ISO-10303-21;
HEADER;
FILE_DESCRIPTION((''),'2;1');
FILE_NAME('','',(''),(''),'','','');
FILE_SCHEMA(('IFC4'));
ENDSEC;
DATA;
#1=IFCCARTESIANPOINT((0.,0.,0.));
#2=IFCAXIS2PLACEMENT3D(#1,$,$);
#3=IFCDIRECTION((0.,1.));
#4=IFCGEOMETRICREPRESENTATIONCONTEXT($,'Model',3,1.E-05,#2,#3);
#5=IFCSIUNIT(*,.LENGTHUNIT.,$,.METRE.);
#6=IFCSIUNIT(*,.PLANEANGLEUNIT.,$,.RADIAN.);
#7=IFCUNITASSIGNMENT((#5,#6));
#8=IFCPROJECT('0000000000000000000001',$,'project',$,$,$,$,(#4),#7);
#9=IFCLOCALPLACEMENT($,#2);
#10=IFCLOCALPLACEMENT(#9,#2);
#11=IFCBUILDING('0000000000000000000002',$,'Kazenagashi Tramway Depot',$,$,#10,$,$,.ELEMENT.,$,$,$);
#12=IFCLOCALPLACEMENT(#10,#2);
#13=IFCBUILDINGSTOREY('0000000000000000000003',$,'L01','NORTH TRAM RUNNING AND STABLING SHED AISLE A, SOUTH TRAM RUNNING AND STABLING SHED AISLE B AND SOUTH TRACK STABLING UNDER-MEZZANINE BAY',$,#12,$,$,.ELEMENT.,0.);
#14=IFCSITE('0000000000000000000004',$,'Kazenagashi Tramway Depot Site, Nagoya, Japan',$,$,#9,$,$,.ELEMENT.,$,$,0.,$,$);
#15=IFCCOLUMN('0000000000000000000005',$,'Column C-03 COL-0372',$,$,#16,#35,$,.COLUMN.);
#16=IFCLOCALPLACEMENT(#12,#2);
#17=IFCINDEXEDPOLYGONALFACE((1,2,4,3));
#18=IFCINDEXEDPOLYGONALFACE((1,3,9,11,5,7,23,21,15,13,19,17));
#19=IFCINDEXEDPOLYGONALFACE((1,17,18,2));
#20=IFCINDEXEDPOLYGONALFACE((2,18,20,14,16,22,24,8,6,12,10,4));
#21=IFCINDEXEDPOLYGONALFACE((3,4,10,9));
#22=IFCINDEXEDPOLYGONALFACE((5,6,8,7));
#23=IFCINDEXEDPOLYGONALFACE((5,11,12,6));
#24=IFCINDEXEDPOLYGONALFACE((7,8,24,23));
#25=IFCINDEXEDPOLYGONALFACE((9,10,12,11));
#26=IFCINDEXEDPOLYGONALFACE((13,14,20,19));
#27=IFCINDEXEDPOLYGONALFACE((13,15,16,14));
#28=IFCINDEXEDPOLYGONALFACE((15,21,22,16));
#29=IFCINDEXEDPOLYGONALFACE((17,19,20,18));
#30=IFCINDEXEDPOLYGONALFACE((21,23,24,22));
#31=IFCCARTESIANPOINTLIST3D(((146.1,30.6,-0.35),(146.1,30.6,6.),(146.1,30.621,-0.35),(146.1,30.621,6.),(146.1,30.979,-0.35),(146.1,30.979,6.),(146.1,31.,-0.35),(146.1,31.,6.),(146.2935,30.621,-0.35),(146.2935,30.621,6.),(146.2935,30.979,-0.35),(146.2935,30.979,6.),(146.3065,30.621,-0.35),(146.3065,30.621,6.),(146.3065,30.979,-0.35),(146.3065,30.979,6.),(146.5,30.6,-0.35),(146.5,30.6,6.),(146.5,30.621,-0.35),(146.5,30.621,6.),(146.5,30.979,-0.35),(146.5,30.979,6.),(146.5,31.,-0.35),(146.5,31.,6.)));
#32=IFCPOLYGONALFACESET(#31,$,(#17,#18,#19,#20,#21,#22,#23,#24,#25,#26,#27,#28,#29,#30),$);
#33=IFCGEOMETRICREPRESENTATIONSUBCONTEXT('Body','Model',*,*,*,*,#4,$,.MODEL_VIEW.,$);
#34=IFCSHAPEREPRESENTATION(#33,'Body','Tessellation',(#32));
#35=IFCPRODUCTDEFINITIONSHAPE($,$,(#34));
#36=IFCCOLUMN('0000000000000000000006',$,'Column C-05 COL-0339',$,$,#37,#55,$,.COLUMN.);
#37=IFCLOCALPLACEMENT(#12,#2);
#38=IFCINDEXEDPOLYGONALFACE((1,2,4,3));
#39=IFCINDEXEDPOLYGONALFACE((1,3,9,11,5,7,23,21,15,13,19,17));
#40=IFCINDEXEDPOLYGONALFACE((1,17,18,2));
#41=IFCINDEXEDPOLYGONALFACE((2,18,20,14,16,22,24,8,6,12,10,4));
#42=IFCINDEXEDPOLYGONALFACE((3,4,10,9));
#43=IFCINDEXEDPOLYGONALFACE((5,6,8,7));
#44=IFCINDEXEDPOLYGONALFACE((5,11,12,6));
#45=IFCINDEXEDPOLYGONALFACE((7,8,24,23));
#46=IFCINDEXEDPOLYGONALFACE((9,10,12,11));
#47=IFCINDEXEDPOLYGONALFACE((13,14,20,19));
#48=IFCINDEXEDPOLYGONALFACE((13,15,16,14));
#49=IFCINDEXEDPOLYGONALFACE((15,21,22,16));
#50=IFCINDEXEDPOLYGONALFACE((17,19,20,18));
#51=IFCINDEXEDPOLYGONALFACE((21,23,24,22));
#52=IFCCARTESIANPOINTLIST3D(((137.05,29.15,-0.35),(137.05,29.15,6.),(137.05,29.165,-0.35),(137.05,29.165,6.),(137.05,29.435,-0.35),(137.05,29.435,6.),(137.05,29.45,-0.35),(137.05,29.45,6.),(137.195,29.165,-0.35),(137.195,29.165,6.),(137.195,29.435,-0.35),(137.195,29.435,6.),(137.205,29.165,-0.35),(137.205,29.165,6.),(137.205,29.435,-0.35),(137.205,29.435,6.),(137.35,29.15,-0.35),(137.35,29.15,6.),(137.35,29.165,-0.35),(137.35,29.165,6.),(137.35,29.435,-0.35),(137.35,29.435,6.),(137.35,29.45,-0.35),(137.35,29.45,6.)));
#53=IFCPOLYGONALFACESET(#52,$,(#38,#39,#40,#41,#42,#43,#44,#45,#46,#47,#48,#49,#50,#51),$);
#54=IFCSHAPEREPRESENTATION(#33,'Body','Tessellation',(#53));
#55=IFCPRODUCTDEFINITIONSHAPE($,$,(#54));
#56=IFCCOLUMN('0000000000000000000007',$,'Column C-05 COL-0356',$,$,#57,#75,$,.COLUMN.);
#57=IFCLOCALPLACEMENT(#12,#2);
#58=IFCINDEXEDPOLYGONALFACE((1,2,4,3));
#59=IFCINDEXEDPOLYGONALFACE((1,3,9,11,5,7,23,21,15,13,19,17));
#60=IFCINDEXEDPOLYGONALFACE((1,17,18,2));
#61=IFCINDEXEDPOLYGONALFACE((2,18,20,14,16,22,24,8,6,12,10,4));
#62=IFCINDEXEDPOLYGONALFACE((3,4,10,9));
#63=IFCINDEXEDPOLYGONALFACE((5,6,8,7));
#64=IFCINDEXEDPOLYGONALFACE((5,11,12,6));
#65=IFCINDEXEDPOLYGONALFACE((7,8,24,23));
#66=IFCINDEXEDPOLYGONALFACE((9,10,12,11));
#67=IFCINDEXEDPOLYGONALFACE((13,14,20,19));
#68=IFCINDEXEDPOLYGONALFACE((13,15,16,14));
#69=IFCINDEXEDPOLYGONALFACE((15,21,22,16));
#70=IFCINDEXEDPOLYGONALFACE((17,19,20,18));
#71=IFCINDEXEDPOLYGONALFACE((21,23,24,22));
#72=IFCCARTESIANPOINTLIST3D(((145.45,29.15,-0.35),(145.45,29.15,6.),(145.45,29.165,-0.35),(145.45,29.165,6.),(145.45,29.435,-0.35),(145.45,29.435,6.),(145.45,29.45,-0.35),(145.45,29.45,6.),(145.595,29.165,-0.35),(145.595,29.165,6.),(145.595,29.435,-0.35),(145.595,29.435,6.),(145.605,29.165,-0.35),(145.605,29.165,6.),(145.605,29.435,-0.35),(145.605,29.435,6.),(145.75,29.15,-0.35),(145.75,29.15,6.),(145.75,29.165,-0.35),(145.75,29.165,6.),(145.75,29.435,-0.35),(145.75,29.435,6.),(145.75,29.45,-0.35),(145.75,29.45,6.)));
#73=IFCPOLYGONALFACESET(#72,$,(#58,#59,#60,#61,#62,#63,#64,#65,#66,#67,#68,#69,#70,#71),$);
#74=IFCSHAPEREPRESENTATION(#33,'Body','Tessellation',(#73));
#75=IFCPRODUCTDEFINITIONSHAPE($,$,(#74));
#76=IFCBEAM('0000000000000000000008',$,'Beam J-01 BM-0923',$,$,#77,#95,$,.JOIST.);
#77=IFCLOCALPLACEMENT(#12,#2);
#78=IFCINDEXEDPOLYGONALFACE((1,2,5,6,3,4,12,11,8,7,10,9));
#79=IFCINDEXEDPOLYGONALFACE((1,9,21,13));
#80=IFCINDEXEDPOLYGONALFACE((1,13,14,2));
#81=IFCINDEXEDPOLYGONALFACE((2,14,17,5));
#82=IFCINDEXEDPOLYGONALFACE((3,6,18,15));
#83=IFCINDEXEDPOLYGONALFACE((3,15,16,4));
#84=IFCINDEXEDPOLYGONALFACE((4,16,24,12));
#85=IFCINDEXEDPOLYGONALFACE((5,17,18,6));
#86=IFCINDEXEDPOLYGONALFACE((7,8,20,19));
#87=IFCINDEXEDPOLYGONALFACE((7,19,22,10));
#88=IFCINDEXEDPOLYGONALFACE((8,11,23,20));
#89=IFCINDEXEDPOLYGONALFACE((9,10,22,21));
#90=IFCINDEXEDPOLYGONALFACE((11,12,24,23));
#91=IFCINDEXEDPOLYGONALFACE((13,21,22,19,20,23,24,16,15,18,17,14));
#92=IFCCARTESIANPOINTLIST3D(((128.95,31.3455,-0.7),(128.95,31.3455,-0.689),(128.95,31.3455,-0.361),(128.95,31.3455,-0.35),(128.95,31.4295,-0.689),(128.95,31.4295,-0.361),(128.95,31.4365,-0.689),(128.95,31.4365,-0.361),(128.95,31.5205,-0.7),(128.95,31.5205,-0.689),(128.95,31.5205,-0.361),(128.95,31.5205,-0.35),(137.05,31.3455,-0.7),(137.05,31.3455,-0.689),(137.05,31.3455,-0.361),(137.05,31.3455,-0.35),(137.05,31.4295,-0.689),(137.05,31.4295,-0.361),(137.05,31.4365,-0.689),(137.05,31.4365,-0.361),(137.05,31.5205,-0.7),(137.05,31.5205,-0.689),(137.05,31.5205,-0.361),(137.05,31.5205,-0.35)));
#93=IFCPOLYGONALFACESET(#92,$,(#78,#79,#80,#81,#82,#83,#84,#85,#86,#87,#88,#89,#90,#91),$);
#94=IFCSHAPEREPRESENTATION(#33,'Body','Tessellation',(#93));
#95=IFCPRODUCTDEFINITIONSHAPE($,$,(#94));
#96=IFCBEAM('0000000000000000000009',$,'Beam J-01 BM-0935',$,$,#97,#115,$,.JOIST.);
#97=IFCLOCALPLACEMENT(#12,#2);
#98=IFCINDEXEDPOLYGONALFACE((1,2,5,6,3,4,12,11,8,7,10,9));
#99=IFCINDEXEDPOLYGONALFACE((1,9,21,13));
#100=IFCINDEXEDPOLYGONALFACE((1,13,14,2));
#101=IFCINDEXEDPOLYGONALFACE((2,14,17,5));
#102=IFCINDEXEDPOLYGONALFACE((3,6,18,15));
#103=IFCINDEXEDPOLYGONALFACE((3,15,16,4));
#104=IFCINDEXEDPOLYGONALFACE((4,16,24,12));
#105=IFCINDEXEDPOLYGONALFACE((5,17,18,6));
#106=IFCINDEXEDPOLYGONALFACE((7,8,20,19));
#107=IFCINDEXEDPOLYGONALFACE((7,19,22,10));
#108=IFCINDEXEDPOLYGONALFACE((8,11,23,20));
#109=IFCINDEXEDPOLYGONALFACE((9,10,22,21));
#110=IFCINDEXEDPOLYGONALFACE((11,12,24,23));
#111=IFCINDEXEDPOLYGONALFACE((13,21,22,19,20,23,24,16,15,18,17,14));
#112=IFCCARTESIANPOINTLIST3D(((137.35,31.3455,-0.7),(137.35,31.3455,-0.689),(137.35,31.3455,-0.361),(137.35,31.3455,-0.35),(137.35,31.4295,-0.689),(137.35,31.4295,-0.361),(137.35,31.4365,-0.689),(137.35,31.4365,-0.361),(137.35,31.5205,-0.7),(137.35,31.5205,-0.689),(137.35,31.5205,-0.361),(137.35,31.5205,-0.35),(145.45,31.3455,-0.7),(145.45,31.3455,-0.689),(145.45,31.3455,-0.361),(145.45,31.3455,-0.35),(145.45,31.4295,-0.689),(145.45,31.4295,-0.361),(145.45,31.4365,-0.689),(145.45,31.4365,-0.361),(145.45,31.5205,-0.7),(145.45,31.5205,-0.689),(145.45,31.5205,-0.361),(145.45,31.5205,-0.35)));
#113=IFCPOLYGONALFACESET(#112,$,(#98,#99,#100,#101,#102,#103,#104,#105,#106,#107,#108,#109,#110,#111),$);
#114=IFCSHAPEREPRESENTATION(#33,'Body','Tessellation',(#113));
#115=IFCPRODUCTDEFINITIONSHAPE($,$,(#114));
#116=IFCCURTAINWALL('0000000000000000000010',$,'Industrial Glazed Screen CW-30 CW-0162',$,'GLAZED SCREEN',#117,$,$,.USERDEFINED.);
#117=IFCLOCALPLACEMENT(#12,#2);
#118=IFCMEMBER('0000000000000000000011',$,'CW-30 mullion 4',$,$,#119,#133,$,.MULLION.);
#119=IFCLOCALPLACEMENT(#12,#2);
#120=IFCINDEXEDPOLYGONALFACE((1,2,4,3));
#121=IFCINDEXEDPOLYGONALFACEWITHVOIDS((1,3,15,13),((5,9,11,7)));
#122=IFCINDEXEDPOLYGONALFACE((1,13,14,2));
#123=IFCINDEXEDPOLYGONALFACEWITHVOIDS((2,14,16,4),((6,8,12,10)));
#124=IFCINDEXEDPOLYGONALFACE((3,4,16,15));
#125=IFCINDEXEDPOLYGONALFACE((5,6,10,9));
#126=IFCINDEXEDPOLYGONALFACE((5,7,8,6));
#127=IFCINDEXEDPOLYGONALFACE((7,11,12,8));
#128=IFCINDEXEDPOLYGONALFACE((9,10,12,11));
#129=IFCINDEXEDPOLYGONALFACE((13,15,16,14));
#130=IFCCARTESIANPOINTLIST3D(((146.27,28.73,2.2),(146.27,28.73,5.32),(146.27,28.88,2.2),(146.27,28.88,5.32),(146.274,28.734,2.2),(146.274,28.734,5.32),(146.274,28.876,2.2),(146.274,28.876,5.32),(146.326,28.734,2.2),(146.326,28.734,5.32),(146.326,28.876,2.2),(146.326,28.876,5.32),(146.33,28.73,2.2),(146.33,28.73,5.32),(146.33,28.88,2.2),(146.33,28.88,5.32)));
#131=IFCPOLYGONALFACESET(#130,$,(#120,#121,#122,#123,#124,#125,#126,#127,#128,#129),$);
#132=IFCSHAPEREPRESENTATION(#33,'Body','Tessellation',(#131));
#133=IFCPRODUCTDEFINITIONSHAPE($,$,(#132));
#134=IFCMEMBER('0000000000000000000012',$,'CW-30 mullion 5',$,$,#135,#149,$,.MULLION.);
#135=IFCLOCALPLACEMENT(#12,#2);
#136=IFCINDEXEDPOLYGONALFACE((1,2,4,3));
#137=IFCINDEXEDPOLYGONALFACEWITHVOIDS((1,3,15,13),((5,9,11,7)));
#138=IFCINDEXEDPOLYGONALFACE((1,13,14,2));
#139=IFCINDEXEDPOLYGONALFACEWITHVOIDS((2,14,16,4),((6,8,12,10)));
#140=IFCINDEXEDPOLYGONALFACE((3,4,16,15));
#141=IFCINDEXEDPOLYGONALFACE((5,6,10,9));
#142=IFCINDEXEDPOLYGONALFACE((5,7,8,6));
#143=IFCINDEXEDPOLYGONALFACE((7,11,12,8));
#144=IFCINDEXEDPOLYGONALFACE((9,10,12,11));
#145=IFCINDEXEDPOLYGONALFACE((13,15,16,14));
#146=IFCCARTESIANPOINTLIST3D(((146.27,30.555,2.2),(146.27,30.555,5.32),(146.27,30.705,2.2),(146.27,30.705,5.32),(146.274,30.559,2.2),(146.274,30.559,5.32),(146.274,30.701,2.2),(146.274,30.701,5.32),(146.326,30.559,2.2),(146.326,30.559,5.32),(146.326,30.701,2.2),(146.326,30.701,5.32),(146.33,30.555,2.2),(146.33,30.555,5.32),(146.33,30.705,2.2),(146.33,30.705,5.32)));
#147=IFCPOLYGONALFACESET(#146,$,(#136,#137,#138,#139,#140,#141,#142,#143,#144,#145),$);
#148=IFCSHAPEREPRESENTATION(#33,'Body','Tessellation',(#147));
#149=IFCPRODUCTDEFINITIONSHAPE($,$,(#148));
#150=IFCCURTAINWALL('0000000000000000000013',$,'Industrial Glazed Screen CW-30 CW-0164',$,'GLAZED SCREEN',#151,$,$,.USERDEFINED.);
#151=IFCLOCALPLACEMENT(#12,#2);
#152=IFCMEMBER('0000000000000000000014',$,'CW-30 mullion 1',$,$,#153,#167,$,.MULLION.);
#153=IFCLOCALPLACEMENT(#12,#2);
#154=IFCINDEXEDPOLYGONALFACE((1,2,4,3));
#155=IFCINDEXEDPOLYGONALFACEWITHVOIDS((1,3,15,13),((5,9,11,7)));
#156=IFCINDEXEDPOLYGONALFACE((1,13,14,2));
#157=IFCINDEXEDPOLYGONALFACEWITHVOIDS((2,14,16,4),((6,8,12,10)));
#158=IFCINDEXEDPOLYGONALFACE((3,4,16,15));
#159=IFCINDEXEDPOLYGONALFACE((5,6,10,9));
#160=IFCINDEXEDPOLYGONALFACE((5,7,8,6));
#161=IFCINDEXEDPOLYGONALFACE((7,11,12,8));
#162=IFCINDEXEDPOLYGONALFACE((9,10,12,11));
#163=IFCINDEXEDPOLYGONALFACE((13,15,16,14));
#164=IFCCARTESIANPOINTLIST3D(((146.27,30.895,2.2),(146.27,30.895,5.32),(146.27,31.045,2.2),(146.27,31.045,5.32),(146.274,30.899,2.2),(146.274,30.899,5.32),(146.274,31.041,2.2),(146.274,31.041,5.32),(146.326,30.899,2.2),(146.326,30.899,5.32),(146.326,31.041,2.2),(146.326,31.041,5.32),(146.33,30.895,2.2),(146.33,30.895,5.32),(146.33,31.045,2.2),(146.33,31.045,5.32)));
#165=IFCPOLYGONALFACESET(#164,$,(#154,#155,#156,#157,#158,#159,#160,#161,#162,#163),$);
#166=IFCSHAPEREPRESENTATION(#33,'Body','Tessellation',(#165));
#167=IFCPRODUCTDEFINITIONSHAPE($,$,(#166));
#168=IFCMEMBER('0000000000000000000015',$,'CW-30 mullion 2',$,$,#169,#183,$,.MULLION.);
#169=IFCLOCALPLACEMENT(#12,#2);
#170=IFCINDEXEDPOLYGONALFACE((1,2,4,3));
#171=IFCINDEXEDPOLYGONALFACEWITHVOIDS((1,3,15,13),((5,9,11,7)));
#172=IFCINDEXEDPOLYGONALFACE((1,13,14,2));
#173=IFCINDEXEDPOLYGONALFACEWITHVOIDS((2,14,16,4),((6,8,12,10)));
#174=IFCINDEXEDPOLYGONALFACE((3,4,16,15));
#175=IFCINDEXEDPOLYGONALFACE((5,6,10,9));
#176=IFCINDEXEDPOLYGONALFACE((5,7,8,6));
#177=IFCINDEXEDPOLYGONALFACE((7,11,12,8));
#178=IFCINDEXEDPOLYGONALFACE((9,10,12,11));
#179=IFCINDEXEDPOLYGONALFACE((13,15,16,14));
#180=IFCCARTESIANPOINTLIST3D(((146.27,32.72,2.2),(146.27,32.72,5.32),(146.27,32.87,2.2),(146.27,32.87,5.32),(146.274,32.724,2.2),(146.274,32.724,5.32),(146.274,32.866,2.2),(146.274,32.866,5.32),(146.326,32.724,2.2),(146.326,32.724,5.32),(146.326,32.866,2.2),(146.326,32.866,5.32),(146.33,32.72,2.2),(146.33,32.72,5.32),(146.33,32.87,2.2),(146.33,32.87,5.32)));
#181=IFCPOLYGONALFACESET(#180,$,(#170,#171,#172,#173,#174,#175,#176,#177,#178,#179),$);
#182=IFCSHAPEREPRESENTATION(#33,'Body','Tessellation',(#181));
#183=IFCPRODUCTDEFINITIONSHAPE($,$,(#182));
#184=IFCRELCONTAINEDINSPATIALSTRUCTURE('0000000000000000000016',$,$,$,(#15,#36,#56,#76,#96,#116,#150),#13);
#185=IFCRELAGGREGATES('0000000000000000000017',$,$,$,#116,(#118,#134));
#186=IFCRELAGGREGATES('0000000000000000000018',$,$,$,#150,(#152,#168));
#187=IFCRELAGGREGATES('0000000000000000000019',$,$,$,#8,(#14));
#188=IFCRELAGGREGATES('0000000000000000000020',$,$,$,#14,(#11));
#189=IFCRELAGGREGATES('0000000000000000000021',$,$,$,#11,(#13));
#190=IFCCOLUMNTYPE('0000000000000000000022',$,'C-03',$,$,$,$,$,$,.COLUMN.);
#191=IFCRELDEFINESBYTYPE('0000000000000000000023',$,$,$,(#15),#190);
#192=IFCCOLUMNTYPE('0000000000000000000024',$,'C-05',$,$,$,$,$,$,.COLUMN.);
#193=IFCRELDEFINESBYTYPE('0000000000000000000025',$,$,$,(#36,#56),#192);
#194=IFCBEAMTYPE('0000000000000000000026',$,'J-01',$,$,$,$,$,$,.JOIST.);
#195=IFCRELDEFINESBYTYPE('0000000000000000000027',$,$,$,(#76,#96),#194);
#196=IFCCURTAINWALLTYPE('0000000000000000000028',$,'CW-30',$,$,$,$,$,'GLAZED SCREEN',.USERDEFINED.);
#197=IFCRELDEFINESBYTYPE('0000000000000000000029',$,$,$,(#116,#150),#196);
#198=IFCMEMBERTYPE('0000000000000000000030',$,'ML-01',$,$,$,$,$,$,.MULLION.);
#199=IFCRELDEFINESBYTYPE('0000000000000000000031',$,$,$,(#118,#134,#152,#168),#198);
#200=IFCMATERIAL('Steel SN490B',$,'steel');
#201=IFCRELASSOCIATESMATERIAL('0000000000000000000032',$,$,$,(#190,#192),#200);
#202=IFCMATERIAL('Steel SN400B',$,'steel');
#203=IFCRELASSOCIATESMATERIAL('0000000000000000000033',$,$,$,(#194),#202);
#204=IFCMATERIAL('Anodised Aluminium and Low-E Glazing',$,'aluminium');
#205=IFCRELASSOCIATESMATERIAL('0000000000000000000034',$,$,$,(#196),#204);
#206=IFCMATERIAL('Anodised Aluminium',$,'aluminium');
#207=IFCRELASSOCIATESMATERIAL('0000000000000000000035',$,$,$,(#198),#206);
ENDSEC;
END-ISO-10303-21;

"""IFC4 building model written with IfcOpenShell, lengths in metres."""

from ifc_helpers import new_model, si_unit, direction, frame, origin, origin_2d, place, context, subcontext, project, spatial, hollow_rectangle, i_section, extrude, material, material_profile, profile_set, type_object, element, aggregate, save


model = new_model("IFC4")

# Units and contexts
model_context = context("Model", 3, precision=1e-05, world=origin(), true_north=direction((0.0, 1.0)))
body_context = subcontext(model_context, "Body", "Model", "MODEL_VIEW")
ifc_project = project(units=[si_unit("LENGTHUNIT", "METRE"), si_unit("PLANEANGLEUNIT", "RADIAN")], contexts=[model_context])

# Site, building, storey
site_placement = place(None, origin())
site = spatial("IfcSite", under=ifc_project, at=site_placement, Name="Kazenagashi Tramway Depot Site, Nagoya, Japan", CompositionType="ELEMENT", RefElevation=0.0)
building_placement = place(site_placement, origin())
building = spatial("IfcBuilding", under=site, at=building_placement, Name="Kazenagashi Tramway Depot", CompositionType="ELEMENT")
storey_placement = place(building_placement, origin())
storey = spatial("IfcBuildingStorey", under=building, at=storey_placement, Name="L01", Description="NORTH TRAM RUNNING AND STABLING SHED AISLE A, SOUTH TRAM RUNNING AND STABLING SHED AISLE B AND SOUTH TRACK STABLING UNDER-MEZZANINE BAY", CompositionType="ELEMENT", Elevation=0.0)

# Columns
ifc_material_1 = material(Name="Steel SN490B", Category="steel")
ifc_material_profile_1 = material_profile(ifc_material_1, i_section(OverallWidth=0.4, OverallDepth=0.4, WebThickness=0.013, FlangeThickness=0.021, at=origin_2d()), Name="H-400x400x13x21")
ifc_profile_set_1 = profile_set([ifc_material_profile_1], Name="Steel SN490B")
column_type_1 = type_object("IfcColumnType", Name="C-03", PredefinedType="COLUMN", material=ifc_profile_set_1)
column_placement = place(storey_placement, frame((146.3, 30.8, -0.35), z_axis=(0.0, 0.0, 1.0), x_axis=(1.0, 0.0, 0.0)))
element("IfcColumn", 1, at=column_placement, inside=storey, type_object=column_type_1, Name="Column C-03 COL-0372", PredefinedType="COLUMN", context=body_context, shape_type="SweptSolid", body=[
    extrude(i_section(OverallWidth=0.4, OverallDepth=0.4, WebThickness=0.013, FlangeThickness=0.021, at=origin_2d()), origin(), (0.0, 0.0, 1.0), 6.35),
])
ifc_material_profile_2 = material_profile(ifc_material_1, i_section(OverallWidth=0.3, OverallDepth=0.3, WebThickness=0.01, FlangeThickness=0.015, at=origin_2d()), Name="H-300x300x10x15")
ifc_profile_set_2 = profile_set([ifc_material_profile_2], Name="Steel SN490B")
column_type_2 = type_object("IfcColumnType", Name="C-05", PredefinedType="COLUMN", material=ifc_profile_set_2)
for number, where, z_axis, x_axis, name in (
    (2, (137.2, 29.3, -0.35), (0.0, 0.0, 1.0), (1.0, 0.0, 0.0), "Column C-05 COL-0339"),
    (3, (145.6, 29.3, -0.35), (0.0, 0.0, 1.0), (1.0, 0.0, 0.0), "Column C-05 COL-0356"),
):
    element("IfcColumn", number, at=place(storey_placement, frame(where, z_axis=z_axis, x_axis=x_axis)), inside=storey, type_object=column_type_2, Name=name, PredefinedType="COLUMN", context=body_context, shape_type="SweptSolid", body=[
        extrude(i_section(OverallWidth=0.3, OverallDepth=0.3, WebThickness=0.01, FlangeThickness=0.015, at=origin_2d()), origin(), (0.0, 0.0, 1.0), 6.35),
    ])

# Beams
ifc_material_2 = material(Name="Steel SN400B", Category="steel")
ifc_material_profile_3 = material_profile(ifc_material_2, i_section(OverallWidth=0.175, OverallDepth=0.35, WebThickness=0.007, FlangeThickness=0.011, at=origin_2d()), Name="H-350x175x7x11")
ifc_profile_set_3 = profile_set([ifc_material_profile_3], Name="Steel SN400B")
beam_type = type_object("IfcBeamType", Name="J-01", PredefinedType="JOIST", material=ifc_profile_set_3)
for number, where, z_axis, x_axis, name in (
    (4, (128.95, 31.433, -0.525), (1.0, 0.0, 0.0), (0.0, 1.0, 0.0), "Beam J-01 BM-0923"),
    (5, (137.35, 31.433, -0.525), (1.0, 0.0, 0.0), (0.0, 1.0, 0.0), "Beam J-01 BM-0935"),
):
    element("IfcBeam", number, at=place(storey_placement, frame(where, z_axis=z_axis, x_axis=x_axis)), inside=storey, type_object=beam_type, Name=name, PredefinedType="JOIST", context=body_context, shape_type="SweptSolid", body=[
        extrude(i_section(OverallWidth=0.175, OverallDepth=0.35, WebThickness=0.007, FlangeThickness=0.011, at=origin_2d()), origin(), (0.0, 0.0, 1.0), 8.1),
    ])

# Curtain walls, members
ifc_material_3 = material(Name="Anodised Aluminium and Low-E Glazing", Category="aluminium")
curtain_wall_type = type_object("IfcCurtainWallType", Name="CW-30", ElementType="GLAZED SCREEN", PredefinedType="USERDEFINED", material=ifc_material_3)
curtain_wall_1_placement = place(storey_placement, origin())
curtain_wall_1 = element("IfcCurtainWall", 6, at=curtain_wall_1_placement, inside=storey, type_object=curtain_wall_type, Name="Industrial Glazed Screen CW-30 CW-0162", ObjectType="GLAZED SCREEN", PredefinedType="USERDEFINED")
ifc_material_4 = material(Name="Anodised Aluminium", Category="aluminium")
ifc_material_profile_4 = material_profile(ifc_material_4, hollow_rectangle(XDim=0.06, YDim=0.15, WallThickness=0.004, at=origin_2d()), Name="RHS-150x60x4")
ifc_profile_set_4 = profile_set([ifc_material_profile_4], Name="Anodised Aluminium")
member_type_1 = type_object("IfcMemberType", Name="ML-01", PredefinedType="MULLION", material=ifc_profile_set_4)
member_1_placement = place(storey_placement, frame((146.3, 28.805, 2.2), z_axis=(0.0, 0.0, 1.0), x_axis=(-1.0, 0.0, 0.0)))
member_1 = element("IfcMember", 7, at=member_1_placement, type_object=member_type_1, Name="CW-30 mullion 4", PredefinedType="MULLION", context=body_context, shape_type="SweptSolid", body=[
    extrude(hollow_rectangle(XDim=0.06, YDim=0.15, WallThickness=0.004, at=origin_2d()), origin(), (0.0, 0.0, 1.0), 3.12),
])
member_2_placement = place(storey_placement, frame((146.3, 30.63, 2.2), z_axis=(0.0, 0.0, 1.0), x_axis=(-1.0, 0.0, 0.0)))
member_2 = element("IfcMember", 8, at=member_2_placement, type_object=member_type_1, Name="CW-30 mullion 5", PredefinedType="MULLION", context=body_context, shape_type="SweptSolid", body=[
    extrude(hollow_rectangle(XDim=0.06, YDim=0.15, WallThickness=0.004, at=origin_2d()), origin(), (0.0, 0.0, 1.0), 3.12),
])
curtain_wall_2_placement = place(storey_placement, origin())
curtain_wall_2 = element("IfcCurtainWall", 9, at=curtain_wall_2_placement, inside=storey, type_object=curtain_wall_type, Name="Industrial Glazed Screen CW-30 CW-0164", ObjectType="GLAZED SCREEN", PredefinedType="USERDEFINED")
member_3_placement = place(storey_placement, frame((146.3, 30.97, 2.2), z_axis=(0.0, 0.0, 1.0), x_axis=(-1.0, 0.0, 0.0)))
member_3 = element("IfcMember", 10, at=member_3_placement, type_object=member_type_1, Name="CW-30 mullion 1", PredefinedType="MULLION", context=body_context, shape_type="SweptSolid", body=[
    extrude(hollow_rectangle(XDim=0.06, YDim=0.15, WallThickness=0.004, at=origin_2d()), origin(), (0.0, 0.0, 1.0), 3.12),
])
member_4_placement = place(storey_placement, frame((146.3, 32.795, 2.2), z_axis=(0.0, 0.0, 1.0), x_axis=(-1.0, 0.0, 0.0)))
member_4 = element("IfcMember", 11, at=member_4_placement, type_object=member_type_1, Name="CW-30 mullion 2", PredefinedType="MULLION", context=body_context, shape_type="SweptSolid", body=[
    extrude(hollow_rectangle(XDim=0.06, YDim=0.15, WallThickness=0.004, at=origin_2d()), origin(), (0.0, 0.0, 1.0), 3.12),
])

aggregate(curtain_wall_1, [member_1, member_2])
aggregate(curtain_wall_2, [member_3, member_4])

save(model, "model.ifc")
